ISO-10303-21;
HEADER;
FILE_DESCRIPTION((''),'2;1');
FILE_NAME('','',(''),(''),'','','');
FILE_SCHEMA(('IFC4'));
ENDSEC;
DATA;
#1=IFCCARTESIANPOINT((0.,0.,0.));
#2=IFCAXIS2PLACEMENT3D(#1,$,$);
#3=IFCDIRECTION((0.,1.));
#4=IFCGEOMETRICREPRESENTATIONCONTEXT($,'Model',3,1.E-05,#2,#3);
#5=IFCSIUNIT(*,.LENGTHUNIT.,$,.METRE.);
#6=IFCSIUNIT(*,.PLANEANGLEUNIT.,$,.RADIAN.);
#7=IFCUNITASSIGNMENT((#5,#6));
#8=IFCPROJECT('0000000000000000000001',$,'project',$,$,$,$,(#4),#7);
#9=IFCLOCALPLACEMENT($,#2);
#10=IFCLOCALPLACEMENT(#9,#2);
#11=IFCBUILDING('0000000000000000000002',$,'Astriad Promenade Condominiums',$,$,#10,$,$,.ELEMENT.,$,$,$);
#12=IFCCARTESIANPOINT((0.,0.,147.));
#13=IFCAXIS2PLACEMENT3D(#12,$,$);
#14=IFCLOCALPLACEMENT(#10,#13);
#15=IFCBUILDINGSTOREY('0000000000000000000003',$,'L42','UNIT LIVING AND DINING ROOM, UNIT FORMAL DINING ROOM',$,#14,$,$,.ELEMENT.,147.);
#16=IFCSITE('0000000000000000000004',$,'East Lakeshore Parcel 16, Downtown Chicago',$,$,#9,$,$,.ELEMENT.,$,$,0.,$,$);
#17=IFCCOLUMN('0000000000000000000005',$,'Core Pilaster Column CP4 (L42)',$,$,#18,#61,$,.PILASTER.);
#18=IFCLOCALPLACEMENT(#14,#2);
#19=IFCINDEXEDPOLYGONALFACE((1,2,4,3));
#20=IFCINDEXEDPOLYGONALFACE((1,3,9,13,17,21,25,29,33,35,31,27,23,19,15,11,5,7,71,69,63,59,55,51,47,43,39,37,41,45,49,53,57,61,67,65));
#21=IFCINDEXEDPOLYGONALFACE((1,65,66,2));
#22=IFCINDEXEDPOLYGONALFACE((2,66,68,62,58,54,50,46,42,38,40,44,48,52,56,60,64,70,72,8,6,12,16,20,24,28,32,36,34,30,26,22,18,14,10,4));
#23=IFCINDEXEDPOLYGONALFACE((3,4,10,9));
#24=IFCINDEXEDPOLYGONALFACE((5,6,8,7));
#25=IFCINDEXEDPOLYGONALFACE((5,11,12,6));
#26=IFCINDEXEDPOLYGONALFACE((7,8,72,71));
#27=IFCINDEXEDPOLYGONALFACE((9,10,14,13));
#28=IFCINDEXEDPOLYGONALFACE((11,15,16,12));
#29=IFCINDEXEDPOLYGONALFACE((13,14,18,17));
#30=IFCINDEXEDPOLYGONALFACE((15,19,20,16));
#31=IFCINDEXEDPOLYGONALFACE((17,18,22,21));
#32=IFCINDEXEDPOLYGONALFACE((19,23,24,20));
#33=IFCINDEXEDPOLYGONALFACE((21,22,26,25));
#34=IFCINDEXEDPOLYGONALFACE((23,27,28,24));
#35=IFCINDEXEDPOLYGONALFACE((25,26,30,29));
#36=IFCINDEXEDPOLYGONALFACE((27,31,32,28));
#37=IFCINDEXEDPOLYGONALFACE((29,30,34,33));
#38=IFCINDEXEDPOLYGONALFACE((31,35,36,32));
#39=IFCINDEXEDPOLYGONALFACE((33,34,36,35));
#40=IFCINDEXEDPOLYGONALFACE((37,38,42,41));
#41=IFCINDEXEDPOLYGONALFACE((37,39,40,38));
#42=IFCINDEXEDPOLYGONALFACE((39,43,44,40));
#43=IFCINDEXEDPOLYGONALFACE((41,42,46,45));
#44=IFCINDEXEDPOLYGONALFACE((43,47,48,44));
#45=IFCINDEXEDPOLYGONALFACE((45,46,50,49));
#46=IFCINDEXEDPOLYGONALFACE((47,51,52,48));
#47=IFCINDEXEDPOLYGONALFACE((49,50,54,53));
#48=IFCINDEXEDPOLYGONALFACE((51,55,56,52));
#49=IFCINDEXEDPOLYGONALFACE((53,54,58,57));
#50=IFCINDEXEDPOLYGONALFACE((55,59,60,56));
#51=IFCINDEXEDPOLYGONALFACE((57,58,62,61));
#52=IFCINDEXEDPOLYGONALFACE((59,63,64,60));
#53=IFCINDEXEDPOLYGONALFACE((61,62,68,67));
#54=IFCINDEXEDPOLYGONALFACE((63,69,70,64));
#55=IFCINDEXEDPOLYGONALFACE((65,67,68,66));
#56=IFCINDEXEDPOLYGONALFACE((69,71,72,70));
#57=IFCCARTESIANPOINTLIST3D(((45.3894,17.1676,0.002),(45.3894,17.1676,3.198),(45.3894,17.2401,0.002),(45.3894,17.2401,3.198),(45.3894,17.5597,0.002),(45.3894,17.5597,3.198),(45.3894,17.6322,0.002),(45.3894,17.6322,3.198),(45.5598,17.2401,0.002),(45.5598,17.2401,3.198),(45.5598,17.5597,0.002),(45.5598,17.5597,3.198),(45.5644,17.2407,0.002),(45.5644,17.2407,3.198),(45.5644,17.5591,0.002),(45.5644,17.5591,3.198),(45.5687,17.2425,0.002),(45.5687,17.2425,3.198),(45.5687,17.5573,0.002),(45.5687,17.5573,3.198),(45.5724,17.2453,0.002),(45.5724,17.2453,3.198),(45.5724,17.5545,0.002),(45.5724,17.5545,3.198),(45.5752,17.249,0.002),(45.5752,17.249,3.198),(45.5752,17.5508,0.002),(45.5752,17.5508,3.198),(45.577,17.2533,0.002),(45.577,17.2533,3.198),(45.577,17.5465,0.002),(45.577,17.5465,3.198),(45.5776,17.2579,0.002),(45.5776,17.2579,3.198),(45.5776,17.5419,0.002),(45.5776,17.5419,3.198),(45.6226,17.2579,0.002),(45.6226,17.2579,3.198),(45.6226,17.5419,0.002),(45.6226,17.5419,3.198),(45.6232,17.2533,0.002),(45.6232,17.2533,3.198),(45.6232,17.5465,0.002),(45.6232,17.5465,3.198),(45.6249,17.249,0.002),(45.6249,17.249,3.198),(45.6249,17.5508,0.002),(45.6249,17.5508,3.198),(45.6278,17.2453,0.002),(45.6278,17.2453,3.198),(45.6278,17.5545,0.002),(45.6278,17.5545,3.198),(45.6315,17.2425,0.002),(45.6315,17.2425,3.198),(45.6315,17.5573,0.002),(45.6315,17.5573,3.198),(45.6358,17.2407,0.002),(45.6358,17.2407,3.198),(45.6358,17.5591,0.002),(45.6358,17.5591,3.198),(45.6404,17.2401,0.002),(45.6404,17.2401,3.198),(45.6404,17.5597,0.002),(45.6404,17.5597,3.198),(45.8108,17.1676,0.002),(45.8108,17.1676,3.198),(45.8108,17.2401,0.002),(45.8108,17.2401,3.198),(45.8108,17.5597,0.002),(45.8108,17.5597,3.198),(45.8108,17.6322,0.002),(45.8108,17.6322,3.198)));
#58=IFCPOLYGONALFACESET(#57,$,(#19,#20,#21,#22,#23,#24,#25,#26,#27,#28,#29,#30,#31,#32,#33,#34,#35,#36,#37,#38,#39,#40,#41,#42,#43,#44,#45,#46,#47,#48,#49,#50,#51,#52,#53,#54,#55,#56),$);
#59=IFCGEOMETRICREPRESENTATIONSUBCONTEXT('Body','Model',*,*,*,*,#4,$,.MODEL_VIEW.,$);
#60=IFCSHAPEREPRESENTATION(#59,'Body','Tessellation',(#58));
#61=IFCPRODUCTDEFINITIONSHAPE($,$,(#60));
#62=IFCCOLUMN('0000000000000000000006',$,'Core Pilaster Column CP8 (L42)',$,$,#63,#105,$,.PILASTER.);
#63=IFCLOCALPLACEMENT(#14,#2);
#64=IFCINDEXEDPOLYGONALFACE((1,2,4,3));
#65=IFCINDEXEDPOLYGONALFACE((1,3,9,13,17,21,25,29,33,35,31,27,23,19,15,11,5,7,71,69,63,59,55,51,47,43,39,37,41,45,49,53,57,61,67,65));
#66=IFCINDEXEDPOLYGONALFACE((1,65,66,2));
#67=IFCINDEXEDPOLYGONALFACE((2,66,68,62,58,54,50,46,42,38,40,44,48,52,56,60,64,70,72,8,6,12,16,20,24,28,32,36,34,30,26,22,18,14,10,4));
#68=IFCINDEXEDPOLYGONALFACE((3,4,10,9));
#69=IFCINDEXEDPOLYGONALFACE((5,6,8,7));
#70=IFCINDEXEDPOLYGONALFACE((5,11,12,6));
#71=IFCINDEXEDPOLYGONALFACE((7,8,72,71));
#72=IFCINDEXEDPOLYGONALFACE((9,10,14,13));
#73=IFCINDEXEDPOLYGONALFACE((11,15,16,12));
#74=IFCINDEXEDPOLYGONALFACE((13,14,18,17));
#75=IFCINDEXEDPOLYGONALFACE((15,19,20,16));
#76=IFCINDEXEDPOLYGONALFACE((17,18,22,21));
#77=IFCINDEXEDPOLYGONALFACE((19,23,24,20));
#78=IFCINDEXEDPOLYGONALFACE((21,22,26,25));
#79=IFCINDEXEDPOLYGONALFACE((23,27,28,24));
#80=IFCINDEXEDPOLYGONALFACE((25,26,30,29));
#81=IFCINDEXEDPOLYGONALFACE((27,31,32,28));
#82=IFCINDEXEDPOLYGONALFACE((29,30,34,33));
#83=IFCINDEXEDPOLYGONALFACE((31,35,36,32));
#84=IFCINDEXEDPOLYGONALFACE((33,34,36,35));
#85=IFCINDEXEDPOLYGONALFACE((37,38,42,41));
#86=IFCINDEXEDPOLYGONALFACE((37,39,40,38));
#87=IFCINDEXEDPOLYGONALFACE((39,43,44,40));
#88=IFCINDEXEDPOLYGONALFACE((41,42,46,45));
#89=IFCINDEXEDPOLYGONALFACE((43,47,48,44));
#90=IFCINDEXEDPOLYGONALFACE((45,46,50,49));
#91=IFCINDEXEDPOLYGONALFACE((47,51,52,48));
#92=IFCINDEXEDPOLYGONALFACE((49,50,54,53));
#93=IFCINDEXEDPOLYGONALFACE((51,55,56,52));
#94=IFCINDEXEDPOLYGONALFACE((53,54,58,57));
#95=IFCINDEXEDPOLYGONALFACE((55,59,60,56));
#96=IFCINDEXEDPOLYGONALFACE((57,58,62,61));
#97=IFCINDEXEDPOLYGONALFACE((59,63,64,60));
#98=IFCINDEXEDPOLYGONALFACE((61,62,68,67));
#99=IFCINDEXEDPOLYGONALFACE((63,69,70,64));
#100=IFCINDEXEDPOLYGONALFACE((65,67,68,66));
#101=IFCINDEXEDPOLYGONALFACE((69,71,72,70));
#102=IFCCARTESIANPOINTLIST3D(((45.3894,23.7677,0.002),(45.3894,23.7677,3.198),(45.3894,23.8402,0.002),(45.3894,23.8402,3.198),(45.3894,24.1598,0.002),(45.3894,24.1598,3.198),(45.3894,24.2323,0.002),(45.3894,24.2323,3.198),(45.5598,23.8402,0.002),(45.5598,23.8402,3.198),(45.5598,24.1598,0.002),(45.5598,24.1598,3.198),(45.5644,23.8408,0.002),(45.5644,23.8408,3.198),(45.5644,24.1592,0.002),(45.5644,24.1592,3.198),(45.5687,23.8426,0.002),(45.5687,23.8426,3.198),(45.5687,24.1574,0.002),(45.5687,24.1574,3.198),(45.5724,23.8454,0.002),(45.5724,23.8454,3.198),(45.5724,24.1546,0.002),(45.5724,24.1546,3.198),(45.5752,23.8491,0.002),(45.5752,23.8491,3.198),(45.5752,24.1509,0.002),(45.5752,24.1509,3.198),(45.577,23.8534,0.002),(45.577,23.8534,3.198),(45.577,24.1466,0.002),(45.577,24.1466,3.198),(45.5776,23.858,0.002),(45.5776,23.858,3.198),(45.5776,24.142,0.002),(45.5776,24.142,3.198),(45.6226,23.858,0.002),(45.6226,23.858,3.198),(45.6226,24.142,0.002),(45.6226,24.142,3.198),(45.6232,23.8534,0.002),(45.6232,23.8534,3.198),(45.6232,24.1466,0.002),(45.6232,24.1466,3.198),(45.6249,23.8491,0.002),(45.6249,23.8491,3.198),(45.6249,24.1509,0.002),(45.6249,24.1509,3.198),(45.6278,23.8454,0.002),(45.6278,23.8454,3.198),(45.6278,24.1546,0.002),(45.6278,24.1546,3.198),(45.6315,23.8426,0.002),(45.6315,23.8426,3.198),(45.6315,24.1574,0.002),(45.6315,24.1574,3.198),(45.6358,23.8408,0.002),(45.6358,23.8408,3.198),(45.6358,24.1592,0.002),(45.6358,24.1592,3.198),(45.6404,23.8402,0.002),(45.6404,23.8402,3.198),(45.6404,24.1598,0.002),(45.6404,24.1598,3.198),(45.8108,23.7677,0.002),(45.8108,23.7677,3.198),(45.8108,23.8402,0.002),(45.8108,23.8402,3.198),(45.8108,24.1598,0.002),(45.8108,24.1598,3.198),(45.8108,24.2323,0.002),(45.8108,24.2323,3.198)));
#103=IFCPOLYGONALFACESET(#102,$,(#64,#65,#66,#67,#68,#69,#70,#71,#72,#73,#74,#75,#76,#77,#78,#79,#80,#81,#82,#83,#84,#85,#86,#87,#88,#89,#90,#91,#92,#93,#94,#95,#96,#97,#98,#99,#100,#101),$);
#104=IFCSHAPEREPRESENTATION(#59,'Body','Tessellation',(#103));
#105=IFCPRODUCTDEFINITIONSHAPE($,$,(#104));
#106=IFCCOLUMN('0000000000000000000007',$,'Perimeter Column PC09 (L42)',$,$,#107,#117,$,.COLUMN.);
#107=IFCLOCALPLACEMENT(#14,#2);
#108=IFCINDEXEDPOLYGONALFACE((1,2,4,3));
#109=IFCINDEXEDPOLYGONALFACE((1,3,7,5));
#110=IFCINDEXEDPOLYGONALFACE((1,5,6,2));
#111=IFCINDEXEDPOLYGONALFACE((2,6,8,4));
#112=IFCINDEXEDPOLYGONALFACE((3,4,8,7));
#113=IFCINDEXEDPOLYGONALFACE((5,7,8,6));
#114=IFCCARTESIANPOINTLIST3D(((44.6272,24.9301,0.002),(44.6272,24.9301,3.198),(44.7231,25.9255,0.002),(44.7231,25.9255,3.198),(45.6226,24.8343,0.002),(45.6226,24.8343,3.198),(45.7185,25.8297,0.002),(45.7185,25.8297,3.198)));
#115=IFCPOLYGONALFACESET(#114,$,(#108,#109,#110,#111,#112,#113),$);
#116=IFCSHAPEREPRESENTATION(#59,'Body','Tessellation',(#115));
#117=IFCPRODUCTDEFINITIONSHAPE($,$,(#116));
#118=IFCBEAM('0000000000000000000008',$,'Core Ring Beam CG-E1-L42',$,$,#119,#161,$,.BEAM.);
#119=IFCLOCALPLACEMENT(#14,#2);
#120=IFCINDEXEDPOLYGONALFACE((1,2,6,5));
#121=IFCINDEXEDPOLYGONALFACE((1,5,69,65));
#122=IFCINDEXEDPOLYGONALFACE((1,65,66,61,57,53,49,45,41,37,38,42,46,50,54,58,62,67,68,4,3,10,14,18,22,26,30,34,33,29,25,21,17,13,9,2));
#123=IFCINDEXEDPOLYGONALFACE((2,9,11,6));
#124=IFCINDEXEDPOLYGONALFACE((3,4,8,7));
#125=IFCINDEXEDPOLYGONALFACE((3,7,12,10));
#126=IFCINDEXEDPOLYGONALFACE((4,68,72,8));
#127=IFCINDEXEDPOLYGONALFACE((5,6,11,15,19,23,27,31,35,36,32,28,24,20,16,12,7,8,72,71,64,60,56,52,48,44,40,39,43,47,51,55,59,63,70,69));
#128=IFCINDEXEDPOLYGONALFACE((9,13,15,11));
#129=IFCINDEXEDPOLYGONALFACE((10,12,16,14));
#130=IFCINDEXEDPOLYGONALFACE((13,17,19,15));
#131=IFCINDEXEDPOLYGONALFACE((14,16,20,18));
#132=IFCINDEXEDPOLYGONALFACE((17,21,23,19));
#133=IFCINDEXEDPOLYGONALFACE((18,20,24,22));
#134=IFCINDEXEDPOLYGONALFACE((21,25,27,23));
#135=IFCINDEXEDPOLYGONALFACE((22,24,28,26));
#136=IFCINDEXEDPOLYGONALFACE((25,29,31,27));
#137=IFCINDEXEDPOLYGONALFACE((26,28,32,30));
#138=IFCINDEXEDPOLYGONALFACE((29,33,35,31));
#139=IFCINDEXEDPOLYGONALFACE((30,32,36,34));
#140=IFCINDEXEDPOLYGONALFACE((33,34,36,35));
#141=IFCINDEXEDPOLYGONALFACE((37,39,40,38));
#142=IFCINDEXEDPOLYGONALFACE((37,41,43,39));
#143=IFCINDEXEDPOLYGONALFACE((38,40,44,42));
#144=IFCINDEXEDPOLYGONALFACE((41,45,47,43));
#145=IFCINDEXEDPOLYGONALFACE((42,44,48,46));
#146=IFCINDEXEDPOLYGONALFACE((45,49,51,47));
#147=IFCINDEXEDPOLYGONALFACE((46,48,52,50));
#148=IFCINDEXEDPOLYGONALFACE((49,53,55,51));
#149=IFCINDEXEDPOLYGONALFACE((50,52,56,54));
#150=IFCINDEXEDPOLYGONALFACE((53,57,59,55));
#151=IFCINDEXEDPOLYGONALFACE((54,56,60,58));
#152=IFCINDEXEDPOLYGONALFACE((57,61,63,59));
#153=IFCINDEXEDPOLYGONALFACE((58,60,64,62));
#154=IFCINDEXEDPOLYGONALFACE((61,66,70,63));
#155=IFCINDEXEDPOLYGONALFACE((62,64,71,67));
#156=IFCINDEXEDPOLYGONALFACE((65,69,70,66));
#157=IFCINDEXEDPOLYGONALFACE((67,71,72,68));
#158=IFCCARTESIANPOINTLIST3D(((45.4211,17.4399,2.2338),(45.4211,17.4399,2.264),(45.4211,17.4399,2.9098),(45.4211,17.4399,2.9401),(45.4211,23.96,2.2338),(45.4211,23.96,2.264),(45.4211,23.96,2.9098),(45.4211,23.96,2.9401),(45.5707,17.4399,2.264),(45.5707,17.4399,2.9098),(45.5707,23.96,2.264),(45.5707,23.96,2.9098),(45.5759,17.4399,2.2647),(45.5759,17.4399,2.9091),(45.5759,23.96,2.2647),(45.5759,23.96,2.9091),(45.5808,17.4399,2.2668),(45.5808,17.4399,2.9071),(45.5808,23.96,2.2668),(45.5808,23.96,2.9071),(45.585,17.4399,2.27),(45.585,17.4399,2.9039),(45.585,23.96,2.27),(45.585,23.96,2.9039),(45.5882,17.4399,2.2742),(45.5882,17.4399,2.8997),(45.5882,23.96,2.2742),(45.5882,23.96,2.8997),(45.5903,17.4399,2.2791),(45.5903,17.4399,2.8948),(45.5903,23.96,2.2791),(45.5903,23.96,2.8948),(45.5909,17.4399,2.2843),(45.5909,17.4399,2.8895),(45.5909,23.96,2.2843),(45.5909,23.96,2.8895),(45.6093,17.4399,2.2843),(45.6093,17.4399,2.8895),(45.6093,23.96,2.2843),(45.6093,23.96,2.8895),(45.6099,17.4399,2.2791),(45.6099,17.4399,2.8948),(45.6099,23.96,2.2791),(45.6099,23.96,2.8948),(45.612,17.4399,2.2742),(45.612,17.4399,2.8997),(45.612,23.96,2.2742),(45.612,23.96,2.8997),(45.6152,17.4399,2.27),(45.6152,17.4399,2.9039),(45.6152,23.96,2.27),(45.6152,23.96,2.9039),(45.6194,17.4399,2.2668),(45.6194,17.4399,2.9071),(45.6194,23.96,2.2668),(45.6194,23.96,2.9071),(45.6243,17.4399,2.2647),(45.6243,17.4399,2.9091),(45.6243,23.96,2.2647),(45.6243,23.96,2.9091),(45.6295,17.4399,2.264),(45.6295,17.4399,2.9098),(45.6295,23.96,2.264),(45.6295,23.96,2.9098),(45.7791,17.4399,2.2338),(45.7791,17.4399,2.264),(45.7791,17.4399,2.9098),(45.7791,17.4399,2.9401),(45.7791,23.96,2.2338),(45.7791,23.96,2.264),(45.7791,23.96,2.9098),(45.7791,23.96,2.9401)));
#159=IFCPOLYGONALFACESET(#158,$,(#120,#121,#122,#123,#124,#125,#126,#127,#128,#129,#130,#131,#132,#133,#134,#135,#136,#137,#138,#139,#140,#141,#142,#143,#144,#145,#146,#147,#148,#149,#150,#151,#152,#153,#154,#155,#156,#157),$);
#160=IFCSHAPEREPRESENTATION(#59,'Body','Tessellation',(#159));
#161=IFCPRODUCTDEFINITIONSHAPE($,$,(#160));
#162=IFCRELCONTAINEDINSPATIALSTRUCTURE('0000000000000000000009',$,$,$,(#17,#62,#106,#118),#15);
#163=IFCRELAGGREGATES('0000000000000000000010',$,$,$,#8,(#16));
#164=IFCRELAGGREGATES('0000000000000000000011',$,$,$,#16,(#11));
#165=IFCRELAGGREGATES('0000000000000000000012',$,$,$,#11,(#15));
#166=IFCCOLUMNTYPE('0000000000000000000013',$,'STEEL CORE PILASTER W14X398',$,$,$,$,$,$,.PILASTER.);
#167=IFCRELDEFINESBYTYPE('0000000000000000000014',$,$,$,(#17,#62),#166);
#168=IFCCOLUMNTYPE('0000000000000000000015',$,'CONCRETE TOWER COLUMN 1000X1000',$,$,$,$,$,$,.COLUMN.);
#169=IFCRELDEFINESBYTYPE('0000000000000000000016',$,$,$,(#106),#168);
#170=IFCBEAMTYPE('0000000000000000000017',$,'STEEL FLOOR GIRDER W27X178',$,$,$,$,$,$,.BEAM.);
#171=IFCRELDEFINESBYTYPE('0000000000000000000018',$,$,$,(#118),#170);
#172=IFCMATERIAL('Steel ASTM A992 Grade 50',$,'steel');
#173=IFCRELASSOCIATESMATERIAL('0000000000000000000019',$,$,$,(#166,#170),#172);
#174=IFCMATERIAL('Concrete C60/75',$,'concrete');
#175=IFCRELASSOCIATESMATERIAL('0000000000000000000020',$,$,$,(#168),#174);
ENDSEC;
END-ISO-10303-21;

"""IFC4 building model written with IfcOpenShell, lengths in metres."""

from ifc_helpers import new_model, si_unit, direction, frame, origin, origin_2d, place, context, subcontext, project, spatial, rectangle, i_section, extrude, source, transform, mapped, material, material_profile, profile_set, type_object, type_shapes, element, save


model = new_model("IFC4")

# Units and contexts
model_context = context("Model", 3, precision=1e-05, world=origin(), true_north=direction((0.0, 1.0)))
body_context = subcontext(model_context, "Body", "Model", "MODEL_VIEW")
ifc_project = project(units=[si_unit("LENGTHUNIT", "METRE"), si_unit("PLANEANGLEUNIT", "RADIAN")], contexts=[model_context])

# Site, building, storey
site_placement = place(None, origin())
site = spatial("IfcSite", under=ifc_project, at=site_placement, Name="East Lakeshore Parcel 16, Downtown Chicago", CompositionType="ELEMENT", RefElevation=0.0)
building_placement = place(site_placement, origin())
building = spatial("IfcBuilding", under=site, at=building_placement, Name="Astriad Promenade Condominiums", CompositionType="ELEMENT")
storey_placement = place(building_placement, frame((0.0, 0.0, 147.0)))
storey = spatial("IfcBuildingStorey", under=building, at=storey_placement, Name="L42", Description="UNIT LIVING AND DINING ROOM, UNIT FORMAL DINING ROOM", CompositionType="ELEMENT", Elevation=147.0)

# Columns
ifc_material_1 = material(Name="Steel ASTM A992 Grade 50", Category="steel")
ifc_material_profile_1 = material_profile(ifc_material_1, i_section(OverallWidth=0.4214, OverallDepth=0.4646, WebThickness=0.0449, FlangeThickness=0.0725, FilletRadius=0.0178, at=origin_2d()), Name="W14X398")
ifc_profile_set_1 = profile_set([ifc_material_profile_1], Name="Steel ASTM A992 Grade 50")
column_type_1 = type_object("IfcColumnType", Name="STEEL CORE PILASTER W14X398", PredefinedType="PILASTER", material=ifc_profile_set_1)
shared_shape_1 = source(origin(), body_context, "Body", "SweptSolid", [
    extrude(i_section(OverallWidth=0.4214, OverallDepth=0.4646, WebThickness=0.0449, FlangeThickness=0.0725, FilletRadius=0.0178, at=origin_2d()), origin(), (0.0, 0.0, 1.0), 3.196),
])
type_shapes(column_type_1, [shared_shape_1])
for number, where, z_axis, x_axis, name in (
    (1, (45.6001, 17.3999, 0.002), (0.0, 0.0, 1.0), (1.0, 0.0, 0.0), "Core Pilaster Column CP4 (L42)"),
    (2, (45.6001, 24.0, 0.002), (0.0, 0.0, 1.0), (1.0, 0.0, 0.0), "Core Pilaster Column CP8 (L42)"),
):
    element("IfcColumn", number, at=place(storey_placement, frame(where, z_axis=z_axis, x_axis=x_axis)), inside=storey, type_object=column_type_1, Name=name, PredefinedType="PILASTER", context=body_context, shape_type="MappedRepresentation", body=[
        mapped(shared_shape_1, transform((0.0, 0.0, 0.0), scale=1.0)),
    ])
ifc_material_2 = material(Name="Concrete C60/75", Category="concrete")
ifc_material_profile_2 = material_profile(ifc_material_2, rectangle(XDim=1.0, YDim=1.0, at=origin_2d()), Name="RC-COL-1000X1000")
ifc_profile_set_2 = profile_set([ifc_material_profile_2], Name="Concrete C60/75")
column_type_2 = type_object("IfcColumnType", Name="CONCRETE TOWER COLUMN 1000X1000", PredefinedType="COLUMN", material=ifc_profile_set_2)
shared_shape_2 = source(origin(), body_context, "Body", "SweptSolid", [
    extrude(rectangle(XDim=1.0, YDim=1.0, at=origin_2d()), origin(), (0.0, 0.0, 1.0), 3.196),
])
type_shapes(column_type_2, [shared_shape_2])
column_placement = place(storey_placement, frame((45.1729, 25.3799, 0.002), z_axis=(0.0, 0.0, 1.0), x_axis=(0.995396, -0.095846, 0.0)))
element("IfcColumn", 3, at=column_placement, inside=storey, type_object=column_type_2, Name="Perimeter Column PC09 (L42)", PredefinedType="COLUMN", context=body_context, shape_type="MappedRepresentation", body=[
    mapped(shared_shape_2, transform((0.0, 0.0, 0.0), scale=1.0)),
])

# Beam
ifc_material_profile_3 = material_profile(ifc_material_1, i_section(OverallWidth=0.3579, OverallDepth=0.7063, WebThickness=0.0183, FlangeThickness=0.0303, FilletRadius=0.0203, at=origin_2d()), Name="W27X178")
ifc_profile_set_3 = profile_set([ifc_material_profile_3], Name="Steel ASTM A992 Grade 50")
beam_type_1 = type_object("IfcBeamType", Name="STEEL FLOOR GIRDER W27X178", PredefinedType="BEAM", material=ifc_profile_set_3)
shared_shape_3 = source(origin(), body_context, "Body", "SweptSolid", [
    extrude(i_section(OverallWidth=0.3579, OverallDepth=0.7063, WebThickness=0.0183, FlangeThickness=0.0303, FilletRadius=0.0203, at=origin_2d()), origin(), (0.0, 0.0, 1.0), 6.52),
])
type_shapes(beam_type_1, [shared_shape_3])
beam_1_placement = place(storey_placement, frame((45.6001, 17.4399, 2.5869), z_axis=(0.0, 1.0, 0.0), x_axis=(-1.0, 0.0, 0.0)))
element("IfcBeam", 4, at=beam_1_placement, inside=storey, type_object=beam_type_1, Name="Core Ring Beam CG-E1-L42", PredefinedType="BEAM", context=body_context, shape_type="MappedRepresentation", body=[
    mapped(shared_shape_3, transform((0.0, 0.0, 0.0), scale=1.0)),
])

save(model, "model.ifc")
